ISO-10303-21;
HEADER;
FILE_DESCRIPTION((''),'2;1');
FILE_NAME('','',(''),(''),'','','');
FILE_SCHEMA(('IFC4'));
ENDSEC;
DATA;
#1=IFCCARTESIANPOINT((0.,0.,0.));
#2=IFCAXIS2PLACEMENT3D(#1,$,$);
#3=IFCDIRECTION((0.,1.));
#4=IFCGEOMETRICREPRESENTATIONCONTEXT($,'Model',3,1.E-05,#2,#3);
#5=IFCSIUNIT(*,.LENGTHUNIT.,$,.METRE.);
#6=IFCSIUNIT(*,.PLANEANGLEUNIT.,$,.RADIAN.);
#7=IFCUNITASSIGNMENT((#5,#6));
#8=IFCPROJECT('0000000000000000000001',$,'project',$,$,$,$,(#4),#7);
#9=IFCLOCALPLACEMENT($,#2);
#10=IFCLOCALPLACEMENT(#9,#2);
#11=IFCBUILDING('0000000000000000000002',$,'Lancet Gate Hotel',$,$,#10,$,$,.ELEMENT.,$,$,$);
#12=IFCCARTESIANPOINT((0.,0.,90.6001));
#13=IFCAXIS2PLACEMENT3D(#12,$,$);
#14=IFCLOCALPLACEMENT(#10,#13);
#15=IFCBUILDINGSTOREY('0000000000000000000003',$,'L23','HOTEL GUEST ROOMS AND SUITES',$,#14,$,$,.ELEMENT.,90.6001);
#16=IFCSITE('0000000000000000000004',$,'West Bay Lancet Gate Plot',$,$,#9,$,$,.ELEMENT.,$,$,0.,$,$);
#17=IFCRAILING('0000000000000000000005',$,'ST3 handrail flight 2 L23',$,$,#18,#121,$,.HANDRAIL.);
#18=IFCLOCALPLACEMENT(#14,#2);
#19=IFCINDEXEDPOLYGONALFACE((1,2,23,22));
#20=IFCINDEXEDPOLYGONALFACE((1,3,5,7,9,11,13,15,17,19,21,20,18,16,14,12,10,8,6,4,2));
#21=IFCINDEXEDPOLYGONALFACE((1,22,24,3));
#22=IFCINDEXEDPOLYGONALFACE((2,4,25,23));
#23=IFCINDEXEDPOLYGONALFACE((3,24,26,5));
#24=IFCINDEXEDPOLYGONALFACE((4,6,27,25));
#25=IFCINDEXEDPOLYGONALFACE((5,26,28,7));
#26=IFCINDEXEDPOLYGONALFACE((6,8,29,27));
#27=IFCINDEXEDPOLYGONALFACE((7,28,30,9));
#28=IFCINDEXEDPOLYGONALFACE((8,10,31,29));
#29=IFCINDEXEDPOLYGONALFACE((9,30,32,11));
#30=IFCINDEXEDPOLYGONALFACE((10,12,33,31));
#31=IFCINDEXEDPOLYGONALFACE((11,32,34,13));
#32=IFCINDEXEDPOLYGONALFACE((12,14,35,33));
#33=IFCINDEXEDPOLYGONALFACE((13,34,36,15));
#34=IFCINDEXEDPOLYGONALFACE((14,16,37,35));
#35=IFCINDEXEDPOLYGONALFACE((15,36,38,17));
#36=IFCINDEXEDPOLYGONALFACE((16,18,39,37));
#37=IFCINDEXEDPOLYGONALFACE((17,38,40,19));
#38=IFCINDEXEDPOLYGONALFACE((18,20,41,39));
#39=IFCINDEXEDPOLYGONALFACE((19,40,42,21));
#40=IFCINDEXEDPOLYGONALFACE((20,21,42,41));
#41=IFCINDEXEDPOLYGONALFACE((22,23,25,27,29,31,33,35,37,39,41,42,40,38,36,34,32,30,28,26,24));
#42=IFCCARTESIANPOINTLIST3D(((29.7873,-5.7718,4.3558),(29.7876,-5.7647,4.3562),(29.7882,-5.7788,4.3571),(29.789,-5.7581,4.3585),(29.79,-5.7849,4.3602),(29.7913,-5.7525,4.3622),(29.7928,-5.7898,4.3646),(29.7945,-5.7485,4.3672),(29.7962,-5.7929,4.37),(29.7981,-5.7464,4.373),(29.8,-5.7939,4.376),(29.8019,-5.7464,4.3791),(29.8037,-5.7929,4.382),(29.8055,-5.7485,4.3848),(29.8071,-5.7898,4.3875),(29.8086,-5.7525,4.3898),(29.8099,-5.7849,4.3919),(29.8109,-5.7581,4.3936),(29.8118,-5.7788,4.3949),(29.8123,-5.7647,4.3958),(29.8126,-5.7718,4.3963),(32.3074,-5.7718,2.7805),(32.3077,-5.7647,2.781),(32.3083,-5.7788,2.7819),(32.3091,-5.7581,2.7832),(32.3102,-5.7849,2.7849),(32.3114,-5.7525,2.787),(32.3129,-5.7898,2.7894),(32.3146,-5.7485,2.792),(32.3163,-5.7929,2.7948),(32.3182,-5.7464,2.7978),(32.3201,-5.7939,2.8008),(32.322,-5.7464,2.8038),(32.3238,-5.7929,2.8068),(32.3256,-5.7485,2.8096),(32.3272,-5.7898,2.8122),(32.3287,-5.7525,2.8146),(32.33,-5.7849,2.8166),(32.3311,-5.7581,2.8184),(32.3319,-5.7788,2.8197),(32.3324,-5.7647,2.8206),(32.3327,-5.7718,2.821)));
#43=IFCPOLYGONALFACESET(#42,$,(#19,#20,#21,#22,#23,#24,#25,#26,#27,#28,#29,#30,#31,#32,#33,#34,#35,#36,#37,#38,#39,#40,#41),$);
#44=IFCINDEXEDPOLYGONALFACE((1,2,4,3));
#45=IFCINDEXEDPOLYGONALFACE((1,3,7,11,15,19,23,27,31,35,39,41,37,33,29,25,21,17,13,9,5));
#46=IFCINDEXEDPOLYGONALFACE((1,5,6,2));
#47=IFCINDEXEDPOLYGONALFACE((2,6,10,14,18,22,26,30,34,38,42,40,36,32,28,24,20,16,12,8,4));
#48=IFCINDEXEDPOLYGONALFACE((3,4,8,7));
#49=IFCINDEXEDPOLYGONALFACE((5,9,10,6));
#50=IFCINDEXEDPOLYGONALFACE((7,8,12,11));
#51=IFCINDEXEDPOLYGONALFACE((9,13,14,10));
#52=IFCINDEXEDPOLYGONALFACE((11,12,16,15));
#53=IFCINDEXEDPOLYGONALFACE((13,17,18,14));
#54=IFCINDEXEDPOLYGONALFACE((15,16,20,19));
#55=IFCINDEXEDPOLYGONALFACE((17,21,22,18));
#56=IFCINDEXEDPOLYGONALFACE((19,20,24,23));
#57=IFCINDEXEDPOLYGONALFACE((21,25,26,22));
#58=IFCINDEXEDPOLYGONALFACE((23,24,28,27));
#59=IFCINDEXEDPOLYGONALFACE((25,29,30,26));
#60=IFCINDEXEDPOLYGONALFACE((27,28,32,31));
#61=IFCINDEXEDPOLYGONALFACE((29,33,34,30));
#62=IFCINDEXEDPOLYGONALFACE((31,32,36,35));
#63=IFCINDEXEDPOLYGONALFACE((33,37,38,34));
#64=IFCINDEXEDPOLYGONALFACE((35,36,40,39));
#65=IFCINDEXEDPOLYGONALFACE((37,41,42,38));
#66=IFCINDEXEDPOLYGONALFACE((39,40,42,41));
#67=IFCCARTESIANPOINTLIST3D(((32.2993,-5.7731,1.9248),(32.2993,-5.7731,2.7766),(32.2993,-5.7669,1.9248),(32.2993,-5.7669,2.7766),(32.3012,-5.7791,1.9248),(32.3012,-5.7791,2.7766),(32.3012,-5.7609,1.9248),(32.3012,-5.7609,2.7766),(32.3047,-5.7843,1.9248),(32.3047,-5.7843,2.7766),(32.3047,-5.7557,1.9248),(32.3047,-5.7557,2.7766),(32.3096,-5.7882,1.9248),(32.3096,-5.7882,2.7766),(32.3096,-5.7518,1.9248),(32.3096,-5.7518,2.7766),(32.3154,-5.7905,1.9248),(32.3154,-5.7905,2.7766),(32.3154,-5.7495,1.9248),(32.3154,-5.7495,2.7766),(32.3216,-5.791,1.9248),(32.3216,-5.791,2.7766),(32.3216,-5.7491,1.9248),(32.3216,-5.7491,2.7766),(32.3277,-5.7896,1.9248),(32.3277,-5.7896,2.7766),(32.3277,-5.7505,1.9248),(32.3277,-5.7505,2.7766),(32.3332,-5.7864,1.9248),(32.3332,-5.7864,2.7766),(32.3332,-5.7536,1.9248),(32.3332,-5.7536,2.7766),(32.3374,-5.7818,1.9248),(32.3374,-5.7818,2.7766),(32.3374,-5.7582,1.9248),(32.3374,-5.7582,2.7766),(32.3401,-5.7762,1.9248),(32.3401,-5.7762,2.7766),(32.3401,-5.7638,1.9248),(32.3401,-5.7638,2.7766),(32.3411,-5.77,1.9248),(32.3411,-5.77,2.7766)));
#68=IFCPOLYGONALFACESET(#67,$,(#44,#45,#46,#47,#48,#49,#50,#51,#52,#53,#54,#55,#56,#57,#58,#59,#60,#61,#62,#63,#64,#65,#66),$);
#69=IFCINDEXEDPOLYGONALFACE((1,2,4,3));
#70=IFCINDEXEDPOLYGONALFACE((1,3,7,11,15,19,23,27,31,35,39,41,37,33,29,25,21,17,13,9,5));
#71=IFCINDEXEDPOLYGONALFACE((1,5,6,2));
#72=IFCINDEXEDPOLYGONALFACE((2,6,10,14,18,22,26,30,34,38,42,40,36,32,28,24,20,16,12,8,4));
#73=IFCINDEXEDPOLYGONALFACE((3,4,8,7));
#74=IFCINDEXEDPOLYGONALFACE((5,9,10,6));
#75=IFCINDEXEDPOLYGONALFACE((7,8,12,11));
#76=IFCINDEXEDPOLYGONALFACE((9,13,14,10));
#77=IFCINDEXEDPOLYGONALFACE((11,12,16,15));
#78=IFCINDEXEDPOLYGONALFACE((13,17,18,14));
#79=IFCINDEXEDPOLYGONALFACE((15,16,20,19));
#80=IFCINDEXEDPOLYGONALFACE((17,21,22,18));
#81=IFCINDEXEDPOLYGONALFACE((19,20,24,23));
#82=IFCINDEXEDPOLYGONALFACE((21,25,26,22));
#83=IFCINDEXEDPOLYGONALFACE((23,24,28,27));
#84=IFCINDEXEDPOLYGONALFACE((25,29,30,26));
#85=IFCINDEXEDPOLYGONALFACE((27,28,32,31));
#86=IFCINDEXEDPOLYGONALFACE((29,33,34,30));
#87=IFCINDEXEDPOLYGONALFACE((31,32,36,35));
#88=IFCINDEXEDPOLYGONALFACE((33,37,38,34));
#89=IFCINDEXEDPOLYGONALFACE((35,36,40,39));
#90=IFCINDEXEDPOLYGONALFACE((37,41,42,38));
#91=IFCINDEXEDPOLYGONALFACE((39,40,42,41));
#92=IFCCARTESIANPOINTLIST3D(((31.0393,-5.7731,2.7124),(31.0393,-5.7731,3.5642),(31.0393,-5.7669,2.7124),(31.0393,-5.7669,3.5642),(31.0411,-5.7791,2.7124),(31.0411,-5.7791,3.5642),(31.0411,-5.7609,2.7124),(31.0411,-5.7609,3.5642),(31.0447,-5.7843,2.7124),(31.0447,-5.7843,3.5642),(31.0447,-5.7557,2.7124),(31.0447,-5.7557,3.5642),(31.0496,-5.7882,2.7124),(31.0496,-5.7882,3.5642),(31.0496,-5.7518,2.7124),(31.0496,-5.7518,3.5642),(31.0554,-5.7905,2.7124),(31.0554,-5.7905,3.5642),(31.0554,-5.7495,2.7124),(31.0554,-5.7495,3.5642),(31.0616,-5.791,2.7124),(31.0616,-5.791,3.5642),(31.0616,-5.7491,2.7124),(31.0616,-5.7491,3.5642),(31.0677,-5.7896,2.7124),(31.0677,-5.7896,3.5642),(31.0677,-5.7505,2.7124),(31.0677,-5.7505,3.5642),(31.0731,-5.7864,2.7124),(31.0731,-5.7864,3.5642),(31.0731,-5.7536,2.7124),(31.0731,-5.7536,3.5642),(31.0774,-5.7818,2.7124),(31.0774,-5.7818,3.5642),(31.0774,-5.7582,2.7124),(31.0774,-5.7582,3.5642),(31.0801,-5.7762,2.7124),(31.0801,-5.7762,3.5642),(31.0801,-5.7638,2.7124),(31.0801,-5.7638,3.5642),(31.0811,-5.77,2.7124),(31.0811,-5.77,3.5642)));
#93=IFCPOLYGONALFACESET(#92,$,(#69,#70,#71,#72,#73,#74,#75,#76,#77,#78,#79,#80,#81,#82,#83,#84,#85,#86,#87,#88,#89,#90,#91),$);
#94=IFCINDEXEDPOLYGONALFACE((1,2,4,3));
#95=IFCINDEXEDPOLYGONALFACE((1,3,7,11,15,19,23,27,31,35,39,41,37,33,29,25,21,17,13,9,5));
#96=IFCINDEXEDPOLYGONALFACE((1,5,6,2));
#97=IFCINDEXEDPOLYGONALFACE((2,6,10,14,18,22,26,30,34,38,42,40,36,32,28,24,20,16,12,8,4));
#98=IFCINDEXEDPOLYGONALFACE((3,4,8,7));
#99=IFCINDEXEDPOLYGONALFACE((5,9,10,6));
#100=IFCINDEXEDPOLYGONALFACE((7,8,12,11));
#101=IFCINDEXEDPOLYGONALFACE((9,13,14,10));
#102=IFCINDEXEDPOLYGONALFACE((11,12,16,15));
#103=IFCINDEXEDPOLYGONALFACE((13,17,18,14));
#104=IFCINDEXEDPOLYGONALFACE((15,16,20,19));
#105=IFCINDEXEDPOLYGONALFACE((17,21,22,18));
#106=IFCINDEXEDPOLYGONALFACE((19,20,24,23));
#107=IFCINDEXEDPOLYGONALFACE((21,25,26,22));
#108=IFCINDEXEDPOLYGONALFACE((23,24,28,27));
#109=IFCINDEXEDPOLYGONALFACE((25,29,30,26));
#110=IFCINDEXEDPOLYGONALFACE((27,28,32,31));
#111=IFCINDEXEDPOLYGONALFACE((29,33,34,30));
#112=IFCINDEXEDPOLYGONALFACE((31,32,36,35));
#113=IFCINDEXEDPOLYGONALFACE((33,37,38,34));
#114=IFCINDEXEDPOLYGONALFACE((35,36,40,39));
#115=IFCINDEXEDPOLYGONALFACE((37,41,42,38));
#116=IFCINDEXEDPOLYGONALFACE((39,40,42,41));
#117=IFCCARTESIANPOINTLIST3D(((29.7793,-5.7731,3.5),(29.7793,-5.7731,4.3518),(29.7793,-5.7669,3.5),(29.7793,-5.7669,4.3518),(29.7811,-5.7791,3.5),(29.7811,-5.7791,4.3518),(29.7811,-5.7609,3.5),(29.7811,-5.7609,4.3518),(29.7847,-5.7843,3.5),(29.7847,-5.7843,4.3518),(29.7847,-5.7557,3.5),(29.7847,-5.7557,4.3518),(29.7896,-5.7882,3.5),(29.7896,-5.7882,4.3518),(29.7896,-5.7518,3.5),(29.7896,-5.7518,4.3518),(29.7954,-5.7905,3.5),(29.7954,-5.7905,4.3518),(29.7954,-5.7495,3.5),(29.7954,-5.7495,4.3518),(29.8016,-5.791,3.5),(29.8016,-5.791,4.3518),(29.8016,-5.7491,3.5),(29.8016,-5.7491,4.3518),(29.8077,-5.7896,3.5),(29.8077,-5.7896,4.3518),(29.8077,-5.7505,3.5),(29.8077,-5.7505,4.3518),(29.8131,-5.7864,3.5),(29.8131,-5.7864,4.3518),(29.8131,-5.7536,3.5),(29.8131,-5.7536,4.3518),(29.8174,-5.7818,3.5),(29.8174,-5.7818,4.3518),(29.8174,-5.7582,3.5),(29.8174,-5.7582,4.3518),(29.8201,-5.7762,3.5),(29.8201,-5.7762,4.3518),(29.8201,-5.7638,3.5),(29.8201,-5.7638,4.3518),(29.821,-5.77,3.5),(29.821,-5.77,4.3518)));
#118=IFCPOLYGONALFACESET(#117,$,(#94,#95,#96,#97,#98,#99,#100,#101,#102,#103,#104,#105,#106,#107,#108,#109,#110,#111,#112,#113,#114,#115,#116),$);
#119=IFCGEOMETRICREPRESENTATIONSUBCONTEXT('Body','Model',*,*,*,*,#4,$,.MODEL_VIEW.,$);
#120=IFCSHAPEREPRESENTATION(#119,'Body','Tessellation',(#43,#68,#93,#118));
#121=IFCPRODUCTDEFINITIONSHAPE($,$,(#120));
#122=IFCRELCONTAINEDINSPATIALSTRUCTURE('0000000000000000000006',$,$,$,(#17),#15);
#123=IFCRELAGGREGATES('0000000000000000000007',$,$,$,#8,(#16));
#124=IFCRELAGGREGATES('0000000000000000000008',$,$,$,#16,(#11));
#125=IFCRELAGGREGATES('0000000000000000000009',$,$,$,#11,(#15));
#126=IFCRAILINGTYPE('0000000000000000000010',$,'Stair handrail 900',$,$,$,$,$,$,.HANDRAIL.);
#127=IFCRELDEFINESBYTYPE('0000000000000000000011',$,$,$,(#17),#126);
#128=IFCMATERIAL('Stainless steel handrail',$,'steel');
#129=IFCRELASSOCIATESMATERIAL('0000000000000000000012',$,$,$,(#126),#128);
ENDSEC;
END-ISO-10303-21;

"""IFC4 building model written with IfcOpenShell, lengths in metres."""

from ifc_helpers import new_model, si_unit, direction, frame, origin, origin_2d, place, context, subcontext, project, spatial, circle, extrude, material, type_object, element, save


model = new_model("IFC4")

# Units and contexts
model_context = context("Model", 3, precision=1e-05, world=origin(), true_north=direction((0.0, 1.0)))
body_context = subcontext(model_context, "Body", "Model", "MODEL_VIEW")
ifc_project = project(units=[si_unit("LENGTHUNIT", "METRE"), si_unit("PLANEANGLEUNIT", "RADIAN")], contexts=[model_context])

# Site, building, storey
site_placement = place(None, origin())
site = spatial("IfcSite", under=ifc_project, at=site_placement, Name="West Bay Lancet Gate Plot", CompositionType="ELEMENT", RefElevation=0.0)
building_placement = place(site_placement, origin())
building = spatial("IfcBuilding", under=site, at=building_placement, Name="Lancet Gate Hotel", CompositionType="ELEMENT")
storey_placement = place(building_placement, frame((0.0, 0.0, 90.6001)))
storey = spatial("IfcBuildingStorey", under=building, at=storey_placement, Name="L23", Description="HOTEL GUEST ROOMS AND SUITES", CompositionType="ELEMENT", Elevation=90.6001)

# Railing
ifc_material_1 = material(Name="Stainless steel handrail", Category="steel")
railing_type = type_object("IfcRailingType", Name="Stair handrail 900", PredefinedType="HANDRAIL", material=ifc_material_1)
railing_1_placement = place(storey_placement, frame((32.3201, -5.77, 1.9248)))
element("IfcRailing", 1, at=railing_1_placement, inside=storey, type_object=railing_type, Name="ST3 handrail flight 2 L23", PredefinedType="HANDRAIL", context=body_context, shape_type="SweptSolid", body=[
    extrude(circle(Radius=0.0239, at=origin_2d()), frame((0.0, 0.0, 0.876), z_axis=(-0.847971, 0.0, 0.530043), x_axis=(0.0, -1.0, 0.0)), (0.0, 0.0, 1.0), 2.9719),
    extrude(circle(Radius=0.021, at=origin_2d()), origin(), (0.0, 0.0, 1.0), 0.8518),
    extrude(circle(Radius=0.021, at=origin_2d()), frame((-1.26, 0.0, 0.7876)), (0.0, 0.0, 1.0), 0.8518),
    extrude(circle(Radius=0.021, at=origin_2d()), frame((-2.52, 0.0, 1.5752)), (0.0, 0.0, 1.0), 0.8518),
])

save(model, "model.ifc")
